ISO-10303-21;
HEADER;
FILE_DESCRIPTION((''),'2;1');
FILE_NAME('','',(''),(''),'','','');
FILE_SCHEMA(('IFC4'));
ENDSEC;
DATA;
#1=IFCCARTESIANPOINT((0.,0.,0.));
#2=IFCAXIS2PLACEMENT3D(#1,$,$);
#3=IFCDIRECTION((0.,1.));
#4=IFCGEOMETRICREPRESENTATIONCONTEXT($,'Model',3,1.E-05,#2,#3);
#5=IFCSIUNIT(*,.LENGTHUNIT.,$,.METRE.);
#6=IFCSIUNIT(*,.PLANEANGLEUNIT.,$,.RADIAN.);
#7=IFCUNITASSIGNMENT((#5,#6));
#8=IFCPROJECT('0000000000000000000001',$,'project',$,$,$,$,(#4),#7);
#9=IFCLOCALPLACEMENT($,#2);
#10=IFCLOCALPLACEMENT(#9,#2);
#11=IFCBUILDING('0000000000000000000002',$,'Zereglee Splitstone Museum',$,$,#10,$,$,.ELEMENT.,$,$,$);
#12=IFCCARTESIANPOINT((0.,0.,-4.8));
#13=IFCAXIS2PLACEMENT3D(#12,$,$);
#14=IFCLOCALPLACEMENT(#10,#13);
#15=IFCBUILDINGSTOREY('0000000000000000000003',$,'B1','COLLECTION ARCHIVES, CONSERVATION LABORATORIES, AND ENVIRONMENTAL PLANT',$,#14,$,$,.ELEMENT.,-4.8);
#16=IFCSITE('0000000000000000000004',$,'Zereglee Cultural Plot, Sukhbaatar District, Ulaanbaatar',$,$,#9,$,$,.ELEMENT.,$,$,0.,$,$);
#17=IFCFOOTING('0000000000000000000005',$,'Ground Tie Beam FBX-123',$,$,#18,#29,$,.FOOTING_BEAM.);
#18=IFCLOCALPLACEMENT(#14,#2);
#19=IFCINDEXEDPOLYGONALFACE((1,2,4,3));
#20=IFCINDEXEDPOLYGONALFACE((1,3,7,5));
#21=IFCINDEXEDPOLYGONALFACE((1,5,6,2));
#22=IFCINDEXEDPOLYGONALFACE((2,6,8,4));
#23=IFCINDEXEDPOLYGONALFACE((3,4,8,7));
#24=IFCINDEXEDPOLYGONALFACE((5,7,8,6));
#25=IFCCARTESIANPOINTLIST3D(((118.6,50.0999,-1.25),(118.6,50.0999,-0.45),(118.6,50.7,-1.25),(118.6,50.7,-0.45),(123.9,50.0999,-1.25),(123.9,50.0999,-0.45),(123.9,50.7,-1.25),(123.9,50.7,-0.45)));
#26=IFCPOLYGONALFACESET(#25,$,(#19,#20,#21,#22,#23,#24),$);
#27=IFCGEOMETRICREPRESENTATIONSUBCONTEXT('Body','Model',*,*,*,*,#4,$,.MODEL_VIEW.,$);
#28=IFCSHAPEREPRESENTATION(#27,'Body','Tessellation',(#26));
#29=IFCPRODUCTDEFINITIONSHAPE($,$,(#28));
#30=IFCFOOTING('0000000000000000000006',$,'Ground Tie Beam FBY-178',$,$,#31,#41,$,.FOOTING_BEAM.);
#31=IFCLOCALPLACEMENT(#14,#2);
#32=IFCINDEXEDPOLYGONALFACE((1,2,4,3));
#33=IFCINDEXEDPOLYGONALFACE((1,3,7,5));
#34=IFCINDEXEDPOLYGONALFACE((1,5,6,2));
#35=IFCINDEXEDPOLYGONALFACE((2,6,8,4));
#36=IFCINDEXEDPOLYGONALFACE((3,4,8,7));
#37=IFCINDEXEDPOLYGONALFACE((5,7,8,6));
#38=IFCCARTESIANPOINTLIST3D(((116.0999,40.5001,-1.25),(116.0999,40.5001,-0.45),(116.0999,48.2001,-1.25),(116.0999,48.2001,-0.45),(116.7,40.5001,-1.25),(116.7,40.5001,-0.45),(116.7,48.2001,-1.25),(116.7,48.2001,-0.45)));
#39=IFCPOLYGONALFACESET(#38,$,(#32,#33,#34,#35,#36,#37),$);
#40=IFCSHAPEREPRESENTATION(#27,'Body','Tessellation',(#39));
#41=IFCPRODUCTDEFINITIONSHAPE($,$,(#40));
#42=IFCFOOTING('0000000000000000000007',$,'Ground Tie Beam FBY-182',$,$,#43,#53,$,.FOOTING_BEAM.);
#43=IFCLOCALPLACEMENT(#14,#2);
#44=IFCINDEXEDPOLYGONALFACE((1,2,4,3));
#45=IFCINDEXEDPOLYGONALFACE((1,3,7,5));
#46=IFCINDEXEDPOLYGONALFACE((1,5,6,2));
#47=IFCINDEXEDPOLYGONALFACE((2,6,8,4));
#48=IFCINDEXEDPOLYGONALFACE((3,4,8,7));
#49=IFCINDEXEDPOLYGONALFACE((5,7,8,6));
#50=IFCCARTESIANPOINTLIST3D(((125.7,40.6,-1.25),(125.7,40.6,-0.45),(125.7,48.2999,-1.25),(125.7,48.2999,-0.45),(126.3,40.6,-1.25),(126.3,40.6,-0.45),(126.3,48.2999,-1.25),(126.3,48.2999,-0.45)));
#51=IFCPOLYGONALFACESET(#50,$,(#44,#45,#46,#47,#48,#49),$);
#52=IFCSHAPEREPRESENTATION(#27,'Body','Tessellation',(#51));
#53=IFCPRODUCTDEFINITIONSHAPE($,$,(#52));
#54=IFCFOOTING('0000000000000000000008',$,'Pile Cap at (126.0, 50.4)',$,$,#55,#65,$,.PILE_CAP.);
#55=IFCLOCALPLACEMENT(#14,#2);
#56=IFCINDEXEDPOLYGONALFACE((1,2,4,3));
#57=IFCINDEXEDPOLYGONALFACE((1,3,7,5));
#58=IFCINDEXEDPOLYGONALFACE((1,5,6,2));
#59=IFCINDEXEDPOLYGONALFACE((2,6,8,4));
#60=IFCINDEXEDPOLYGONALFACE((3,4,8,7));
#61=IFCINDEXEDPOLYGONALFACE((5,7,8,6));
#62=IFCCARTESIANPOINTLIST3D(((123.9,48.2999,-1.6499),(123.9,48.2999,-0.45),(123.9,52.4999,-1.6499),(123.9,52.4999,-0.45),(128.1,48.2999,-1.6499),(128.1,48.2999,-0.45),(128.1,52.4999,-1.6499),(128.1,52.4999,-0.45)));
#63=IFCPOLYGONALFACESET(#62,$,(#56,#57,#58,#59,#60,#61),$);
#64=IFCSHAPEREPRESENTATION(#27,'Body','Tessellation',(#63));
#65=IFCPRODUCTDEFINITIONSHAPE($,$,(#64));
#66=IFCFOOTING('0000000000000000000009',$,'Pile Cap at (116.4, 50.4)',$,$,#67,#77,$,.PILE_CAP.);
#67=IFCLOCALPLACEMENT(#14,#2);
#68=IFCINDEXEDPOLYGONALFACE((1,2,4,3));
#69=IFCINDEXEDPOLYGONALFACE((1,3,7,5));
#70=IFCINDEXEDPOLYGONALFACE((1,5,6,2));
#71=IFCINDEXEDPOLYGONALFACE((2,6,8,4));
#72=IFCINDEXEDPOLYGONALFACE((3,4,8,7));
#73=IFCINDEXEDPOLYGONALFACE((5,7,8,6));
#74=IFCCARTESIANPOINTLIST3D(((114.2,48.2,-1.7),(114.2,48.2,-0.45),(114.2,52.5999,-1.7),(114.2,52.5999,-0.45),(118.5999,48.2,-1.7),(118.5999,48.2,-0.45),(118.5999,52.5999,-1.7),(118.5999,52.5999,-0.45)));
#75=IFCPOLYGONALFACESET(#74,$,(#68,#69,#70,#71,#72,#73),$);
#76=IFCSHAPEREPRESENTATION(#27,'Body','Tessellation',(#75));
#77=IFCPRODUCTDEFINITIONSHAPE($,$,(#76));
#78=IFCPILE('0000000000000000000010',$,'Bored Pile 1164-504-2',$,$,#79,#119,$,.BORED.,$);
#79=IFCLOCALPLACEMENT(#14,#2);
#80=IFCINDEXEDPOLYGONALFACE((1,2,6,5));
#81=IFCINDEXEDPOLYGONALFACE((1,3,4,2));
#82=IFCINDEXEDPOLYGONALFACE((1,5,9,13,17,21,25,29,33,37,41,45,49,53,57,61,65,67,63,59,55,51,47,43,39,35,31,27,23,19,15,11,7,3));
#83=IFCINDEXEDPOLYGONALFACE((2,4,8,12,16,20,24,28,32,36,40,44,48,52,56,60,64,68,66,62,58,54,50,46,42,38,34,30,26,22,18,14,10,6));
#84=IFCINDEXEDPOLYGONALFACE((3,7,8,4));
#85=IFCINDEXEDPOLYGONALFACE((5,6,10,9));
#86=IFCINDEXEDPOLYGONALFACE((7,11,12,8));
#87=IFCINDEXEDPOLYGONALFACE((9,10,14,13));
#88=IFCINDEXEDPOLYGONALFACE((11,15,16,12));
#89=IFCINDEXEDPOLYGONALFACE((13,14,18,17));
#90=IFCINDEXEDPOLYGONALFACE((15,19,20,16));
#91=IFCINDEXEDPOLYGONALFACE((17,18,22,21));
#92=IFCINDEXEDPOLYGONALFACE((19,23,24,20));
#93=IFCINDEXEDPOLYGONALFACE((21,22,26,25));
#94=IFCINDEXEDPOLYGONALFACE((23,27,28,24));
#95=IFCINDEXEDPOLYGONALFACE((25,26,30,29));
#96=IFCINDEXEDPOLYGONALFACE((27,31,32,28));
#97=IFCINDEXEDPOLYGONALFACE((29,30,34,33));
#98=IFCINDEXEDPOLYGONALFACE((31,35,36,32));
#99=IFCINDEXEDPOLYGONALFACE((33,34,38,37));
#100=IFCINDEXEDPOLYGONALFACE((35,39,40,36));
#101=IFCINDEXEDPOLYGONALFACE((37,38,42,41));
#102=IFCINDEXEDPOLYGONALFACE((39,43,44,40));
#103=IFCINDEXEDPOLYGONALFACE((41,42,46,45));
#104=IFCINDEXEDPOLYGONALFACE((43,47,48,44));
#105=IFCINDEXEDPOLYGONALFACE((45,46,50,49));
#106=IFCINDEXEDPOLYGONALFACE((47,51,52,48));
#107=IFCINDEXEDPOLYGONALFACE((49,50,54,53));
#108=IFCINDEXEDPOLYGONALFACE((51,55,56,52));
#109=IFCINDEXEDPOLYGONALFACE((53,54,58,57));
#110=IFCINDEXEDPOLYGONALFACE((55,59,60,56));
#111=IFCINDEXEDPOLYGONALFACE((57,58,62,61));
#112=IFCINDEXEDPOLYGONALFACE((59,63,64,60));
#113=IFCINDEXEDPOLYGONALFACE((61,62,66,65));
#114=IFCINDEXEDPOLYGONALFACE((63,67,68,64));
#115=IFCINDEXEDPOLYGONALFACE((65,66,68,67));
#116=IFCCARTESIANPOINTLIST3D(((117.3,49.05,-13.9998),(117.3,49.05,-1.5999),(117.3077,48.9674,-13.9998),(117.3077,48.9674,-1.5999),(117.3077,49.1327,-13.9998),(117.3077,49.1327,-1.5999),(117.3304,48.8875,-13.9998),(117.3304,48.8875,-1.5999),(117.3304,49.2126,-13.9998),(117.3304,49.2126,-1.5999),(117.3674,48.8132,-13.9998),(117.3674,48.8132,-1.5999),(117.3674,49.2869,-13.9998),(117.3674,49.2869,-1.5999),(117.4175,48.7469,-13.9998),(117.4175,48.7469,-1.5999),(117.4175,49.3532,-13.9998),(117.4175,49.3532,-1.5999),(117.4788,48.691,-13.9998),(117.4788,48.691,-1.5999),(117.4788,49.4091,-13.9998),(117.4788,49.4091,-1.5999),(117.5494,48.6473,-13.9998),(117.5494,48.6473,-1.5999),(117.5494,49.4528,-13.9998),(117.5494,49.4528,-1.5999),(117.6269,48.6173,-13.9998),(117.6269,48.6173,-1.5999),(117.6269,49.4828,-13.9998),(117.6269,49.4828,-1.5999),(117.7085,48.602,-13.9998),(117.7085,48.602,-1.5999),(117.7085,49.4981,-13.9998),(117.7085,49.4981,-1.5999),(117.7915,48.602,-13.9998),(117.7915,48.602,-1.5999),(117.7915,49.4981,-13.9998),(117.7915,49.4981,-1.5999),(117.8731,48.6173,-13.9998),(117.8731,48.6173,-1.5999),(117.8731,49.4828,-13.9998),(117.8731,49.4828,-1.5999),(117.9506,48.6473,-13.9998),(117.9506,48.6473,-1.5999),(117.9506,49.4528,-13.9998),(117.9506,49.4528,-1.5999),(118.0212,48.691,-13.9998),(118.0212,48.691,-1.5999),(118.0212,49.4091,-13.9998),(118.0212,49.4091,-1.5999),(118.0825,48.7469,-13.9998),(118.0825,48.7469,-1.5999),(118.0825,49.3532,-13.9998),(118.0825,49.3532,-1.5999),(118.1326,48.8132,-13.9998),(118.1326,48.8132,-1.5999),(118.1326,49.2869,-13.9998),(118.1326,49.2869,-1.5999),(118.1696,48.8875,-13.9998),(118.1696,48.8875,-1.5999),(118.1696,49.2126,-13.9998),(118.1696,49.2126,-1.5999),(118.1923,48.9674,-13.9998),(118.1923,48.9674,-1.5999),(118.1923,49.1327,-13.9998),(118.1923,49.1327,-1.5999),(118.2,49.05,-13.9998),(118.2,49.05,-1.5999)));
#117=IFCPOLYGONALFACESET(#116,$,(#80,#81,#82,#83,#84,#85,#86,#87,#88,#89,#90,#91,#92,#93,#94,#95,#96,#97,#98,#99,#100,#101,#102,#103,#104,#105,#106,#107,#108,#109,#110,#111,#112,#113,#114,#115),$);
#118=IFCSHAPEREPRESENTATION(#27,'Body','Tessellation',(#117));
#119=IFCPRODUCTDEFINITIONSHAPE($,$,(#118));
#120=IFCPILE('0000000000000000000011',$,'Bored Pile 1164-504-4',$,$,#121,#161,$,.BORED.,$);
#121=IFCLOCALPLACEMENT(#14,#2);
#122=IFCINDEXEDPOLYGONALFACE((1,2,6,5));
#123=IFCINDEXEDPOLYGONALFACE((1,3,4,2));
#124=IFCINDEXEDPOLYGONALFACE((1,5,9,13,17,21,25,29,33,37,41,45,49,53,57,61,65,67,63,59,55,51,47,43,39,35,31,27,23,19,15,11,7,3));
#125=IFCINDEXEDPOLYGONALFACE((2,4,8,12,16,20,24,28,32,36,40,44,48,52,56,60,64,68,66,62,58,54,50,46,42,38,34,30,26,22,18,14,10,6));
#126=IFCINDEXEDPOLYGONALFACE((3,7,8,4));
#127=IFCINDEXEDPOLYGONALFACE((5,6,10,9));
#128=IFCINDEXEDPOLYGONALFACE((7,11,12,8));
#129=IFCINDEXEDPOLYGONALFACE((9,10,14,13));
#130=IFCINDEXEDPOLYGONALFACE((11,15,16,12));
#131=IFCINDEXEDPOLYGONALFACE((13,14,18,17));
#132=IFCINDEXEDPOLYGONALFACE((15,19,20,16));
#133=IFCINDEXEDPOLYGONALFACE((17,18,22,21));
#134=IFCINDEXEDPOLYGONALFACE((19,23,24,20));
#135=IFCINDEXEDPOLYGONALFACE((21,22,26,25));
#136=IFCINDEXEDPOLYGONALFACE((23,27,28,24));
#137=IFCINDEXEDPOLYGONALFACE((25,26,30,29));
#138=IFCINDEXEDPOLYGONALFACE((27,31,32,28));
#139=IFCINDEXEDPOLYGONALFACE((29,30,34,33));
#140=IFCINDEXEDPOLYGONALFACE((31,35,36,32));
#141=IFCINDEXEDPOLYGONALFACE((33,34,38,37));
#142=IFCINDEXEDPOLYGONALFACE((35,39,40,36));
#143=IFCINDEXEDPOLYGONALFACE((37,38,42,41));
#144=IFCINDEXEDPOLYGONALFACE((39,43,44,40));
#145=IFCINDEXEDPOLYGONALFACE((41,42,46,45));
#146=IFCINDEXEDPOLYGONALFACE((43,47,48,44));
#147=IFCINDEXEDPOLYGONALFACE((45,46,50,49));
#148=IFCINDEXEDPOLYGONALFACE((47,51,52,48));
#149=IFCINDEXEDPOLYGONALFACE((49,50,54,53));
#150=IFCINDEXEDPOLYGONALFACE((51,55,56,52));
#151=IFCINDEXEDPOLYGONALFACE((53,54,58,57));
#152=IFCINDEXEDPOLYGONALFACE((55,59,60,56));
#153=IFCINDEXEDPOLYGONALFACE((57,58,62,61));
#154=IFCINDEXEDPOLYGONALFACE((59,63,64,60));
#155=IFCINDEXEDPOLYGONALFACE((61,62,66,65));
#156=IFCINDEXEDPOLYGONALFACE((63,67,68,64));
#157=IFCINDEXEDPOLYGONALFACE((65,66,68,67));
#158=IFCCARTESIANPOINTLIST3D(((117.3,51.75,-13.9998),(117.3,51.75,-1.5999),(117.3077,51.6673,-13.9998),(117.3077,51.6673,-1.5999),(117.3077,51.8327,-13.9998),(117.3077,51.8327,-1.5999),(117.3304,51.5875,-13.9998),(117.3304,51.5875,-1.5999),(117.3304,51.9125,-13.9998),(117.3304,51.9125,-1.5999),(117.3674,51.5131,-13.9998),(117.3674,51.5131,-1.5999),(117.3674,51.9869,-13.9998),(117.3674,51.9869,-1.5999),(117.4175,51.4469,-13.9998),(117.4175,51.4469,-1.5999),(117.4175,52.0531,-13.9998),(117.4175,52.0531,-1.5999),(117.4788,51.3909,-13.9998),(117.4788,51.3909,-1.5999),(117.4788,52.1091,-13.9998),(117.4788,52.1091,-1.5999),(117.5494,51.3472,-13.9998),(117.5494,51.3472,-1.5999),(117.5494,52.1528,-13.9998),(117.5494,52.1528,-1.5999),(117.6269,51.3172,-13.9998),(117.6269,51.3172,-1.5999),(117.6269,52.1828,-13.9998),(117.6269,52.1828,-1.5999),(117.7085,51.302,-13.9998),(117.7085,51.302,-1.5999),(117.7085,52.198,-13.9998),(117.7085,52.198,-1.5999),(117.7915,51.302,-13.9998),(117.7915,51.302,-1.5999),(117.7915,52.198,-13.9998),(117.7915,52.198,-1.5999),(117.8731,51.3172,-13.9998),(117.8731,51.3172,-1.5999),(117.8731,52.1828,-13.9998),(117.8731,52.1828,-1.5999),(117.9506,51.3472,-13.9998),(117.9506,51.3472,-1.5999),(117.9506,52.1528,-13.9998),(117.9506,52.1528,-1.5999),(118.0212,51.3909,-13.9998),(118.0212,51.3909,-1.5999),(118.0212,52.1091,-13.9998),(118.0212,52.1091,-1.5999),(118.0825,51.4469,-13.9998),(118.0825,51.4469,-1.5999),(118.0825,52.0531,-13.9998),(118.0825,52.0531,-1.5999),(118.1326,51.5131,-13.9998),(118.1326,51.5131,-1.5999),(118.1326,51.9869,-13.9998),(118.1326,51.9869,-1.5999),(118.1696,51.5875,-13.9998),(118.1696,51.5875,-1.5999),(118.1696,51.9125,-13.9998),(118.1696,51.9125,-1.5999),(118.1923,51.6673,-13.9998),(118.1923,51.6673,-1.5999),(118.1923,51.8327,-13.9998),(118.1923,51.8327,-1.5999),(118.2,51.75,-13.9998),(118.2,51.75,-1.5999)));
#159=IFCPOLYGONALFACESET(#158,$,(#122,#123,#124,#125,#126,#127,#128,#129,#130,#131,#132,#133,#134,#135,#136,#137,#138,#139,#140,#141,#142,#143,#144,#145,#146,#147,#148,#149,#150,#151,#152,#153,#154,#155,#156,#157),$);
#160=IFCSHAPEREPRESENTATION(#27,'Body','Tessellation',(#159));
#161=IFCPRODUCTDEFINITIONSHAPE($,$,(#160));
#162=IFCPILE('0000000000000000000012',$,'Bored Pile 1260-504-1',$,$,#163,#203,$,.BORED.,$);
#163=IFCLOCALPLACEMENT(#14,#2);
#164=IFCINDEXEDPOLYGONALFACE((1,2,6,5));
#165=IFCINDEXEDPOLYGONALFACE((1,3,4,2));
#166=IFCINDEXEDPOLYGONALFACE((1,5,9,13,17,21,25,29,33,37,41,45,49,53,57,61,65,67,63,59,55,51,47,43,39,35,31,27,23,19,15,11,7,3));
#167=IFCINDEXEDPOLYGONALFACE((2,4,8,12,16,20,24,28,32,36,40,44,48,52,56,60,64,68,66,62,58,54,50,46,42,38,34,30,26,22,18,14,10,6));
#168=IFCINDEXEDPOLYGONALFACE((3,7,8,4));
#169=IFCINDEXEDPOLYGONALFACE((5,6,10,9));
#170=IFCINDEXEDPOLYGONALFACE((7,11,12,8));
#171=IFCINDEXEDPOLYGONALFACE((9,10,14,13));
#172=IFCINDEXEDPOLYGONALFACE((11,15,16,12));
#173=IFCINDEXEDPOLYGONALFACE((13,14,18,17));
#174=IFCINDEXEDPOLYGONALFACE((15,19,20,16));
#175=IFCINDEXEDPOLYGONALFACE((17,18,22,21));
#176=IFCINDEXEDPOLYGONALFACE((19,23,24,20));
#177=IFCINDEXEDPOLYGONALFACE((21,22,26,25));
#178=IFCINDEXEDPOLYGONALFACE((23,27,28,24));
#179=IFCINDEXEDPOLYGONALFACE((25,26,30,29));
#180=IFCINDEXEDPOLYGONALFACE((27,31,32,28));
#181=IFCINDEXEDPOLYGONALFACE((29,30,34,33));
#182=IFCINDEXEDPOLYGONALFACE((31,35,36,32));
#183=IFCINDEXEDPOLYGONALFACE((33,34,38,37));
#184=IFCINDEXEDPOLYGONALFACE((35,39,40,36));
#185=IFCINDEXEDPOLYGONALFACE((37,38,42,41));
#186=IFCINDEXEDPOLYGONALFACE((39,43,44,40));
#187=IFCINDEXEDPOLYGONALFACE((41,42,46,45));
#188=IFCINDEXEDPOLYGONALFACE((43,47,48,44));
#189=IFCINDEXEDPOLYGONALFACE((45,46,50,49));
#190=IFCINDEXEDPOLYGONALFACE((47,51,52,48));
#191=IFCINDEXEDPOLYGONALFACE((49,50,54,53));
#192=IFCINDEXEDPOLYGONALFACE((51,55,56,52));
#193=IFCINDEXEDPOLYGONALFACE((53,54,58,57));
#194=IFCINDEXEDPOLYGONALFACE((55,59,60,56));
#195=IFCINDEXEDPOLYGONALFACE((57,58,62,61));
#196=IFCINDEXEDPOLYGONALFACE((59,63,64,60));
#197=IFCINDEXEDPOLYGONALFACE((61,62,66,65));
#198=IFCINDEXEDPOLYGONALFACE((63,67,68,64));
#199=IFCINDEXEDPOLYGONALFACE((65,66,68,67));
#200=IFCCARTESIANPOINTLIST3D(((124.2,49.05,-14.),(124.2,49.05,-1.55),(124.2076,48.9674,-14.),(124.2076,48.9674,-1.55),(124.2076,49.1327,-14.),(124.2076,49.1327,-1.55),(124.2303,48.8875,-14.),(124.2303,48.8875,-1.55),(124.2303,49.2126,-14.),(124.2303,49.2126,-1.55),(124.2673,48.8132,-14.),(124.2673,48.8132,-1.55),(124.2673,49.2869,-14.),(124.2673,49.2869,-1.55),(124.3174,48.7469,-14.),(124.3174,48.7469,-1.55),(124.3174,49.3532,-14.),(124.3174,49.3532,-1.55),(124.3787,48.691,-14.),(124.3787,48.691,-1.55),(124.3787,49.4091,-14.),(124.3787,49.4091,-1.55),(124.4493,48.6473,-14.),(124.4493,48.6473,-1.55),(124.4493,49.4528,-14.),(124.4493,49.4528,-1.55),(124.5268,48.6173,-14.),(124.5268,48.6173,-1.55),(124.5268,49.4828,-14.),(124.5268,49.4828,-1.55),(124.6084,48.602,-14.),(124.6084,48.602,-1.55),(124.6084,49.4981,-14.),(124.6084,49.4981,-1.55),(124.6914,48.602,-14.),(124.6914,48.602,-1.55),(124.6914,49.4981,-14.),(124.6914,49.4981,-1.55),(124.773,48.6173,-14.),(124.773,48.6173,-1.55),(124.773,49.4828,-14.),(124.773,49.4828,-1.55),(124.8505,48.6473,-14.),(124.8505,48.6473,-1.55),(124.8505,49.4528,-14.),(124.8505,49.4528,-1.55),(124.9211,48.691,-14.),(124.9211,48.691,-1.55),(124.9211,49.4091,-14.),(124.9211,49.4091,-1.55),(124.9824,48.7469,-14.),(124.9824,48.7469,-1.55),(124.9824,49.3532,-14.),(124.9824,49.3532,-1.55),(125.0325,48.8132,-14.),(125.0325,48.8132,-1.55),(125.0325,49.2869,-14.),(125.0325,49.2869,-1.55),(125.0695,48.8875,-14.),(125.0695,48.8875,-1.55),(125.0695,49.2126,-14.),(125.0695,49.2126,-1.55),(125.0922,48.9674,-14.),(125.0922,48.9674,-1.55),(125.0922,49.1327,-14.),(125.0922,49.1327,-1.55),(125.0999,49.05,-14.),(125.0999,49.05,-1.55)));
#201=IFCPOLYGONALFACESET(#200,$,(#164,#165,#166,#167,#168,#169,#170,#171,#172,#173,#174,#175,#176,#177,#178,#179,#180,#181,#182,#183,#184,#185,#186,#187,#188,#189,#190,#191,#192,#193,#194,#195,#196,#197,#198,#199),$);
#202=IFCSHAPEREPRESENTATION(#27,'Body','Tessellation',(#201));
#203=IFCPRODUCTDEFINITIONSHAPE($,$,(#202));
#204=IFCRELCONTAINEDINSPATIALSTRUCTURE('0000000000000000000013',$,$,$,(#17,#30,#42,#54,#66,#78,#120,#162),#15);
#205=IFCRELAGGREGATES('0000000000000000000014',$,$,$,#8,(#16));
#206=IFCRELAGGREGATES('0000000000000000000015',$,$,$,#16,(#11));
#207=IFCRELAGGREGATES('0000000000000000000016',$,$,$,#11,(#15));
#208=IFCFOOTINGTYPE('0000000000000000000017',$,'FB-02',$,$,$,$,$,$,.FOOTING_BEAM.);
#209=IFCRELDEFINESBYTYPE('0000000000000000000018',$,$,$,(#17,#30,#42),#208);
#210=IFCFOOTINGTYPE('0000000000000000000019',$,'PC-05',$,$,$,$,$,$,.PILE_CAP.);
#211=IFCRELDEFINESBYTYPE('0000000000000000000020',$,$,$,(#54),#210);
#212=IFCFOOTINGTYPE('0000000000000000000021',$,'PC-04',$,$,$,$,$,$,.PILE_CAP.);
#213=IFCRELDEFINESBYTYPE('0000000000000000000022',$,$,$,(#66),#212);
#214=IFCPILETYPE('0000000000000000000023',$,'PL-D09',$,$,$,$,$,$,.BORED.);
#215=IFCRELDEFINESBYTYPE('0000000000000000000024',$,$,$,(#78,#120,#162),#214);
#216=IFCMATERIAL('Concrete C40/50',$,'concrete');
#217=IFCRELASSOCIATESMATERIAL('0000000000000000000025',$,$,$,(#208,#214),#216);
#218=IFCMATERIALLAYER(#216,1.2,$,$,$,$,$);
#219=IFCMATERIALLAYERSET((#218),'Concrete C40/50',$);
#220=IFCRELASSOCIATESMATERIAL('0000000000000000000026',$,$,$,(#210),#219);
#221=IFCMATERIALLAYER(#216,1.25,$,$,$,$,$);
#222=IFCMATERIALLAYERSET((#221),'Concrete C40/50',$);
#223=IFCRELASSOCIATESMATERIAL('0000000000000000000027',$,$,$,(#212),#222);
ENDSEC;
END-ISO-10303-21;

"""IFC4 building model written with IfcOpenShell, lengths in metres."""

from ifc_helpers import new_model, si_unit, direction, frame, origin, origin_2d, place, context, subcontext, project, spatial, rectangle, circle, extrude, material, layer, layer_set, material_profile, profile_set, type_object, element, save


model = new_model("IFC4")

# Units and contexts
model_context = context("Model", 3, precision=1e-05, world=origin(), true_north=direction((0.0, 1.0)))
body_context = subcontext(model_context, "Body", "Model", "MODEL_VIEW")
ifc_project = project(units=[si_unit("LENGTHUNIT", "METRE"), si_unit("PLANEANGLEUNIT", "RADIAN")], contexts=[model_context])

# Site, building, storey
site_placement = place(None, origin())
site = spatial("IfcSite", under=ifc_project, at=site_placement, Name="Zereglee Cultural Plot, Sukhbaatar District, Ulaanbaatar", CompositionType="ELEMENT", RefElevation=0.0)
building_placement = place(site_placement, origin())
building = spatial("IfcBuilding", under=site, at=building_placement, Name="Zereglee Splitstone Museum", CompositionType="ELEMENT")
storey_placement = place(building_placement, frame((0.0, 0.0, -4.8)))
storey = spatial("IfcBuildingStorey", under=building, at=storey_placement, Name="B1", Description="COLLECTION ARCHIVES, CONSERVATION LABORATORIES, AND ENVIRONMENTAL PLANT", CompositionType="ELEMENT", Elevation=-4.8)

# Footings
ifc_material_1 = material(Name="Concrete C40/50", Category="concrete")
footing_type_1 = type_object("IfcFootingType", Name="FB-02", PredefinedType="FOOTING_BEAM", material=ifc_material_1)
footing_1_placement = place(storey_placement, frame((121.25, 50.3999, -1.25), z_axis=(0.0, 0.0, 1.0), x_axis=(1.0, 0.0, 0.0)))
element("IfcFooting", 1, at=footing_1_placement, inside=storey, type_object=footing_type_1, Name="Ground Tie Beam FBX-123", PredefinedType="FOOTING_BEAM", context=body_context, shape_type="SweptSolid", body=[
    extrude(rectangle(XDim=5.3, YDim=0.6001, at=origin_2d()), origin(), (0.0, 0.0, 1.0), 0.8),
])
for number, where, z_axis, x_axis, name in (
    (2, (116.3999, 44.3501, -1.25), (0.0, 0.0, 1.0), (0.0, 1.0, 0.0), "Ground Tie Beam FBY-178"),
    (3, (126.0, 44.45, -1.25), (0.0, 0.0, 1.0), (0.0, 1.0, 0.0), "Ground Tie Beam FBY-182"),
):
    element("IfcFooting", number, at=place(storey_placement, frame(where, z_axis=z_axis, x_axis=x_axis)), inside=storey, type_object=footing_type_1, Name=name, PredefinedType="FOOTING_BEAM", context=body_context, shape_type="SweptSolid", body=[
        extrude(rectangle(XDim=7.7, YDim=0.6001, at=origin_2d()), origin(), (0.0, 0.0, 1.0), 0.8),
    ])
ifc_layer_1 = layer(ifc_material_1, 1.2)
ifc_layer_set_1 = layer_set([ifc_layer_1], Name="Concrete C40/50")
footing_type_2 = type_object("IfcFootingType", Name="PC-05", PredefinedType="PILE_CAP", material=ifc_layer_set_1)
footing_2_placement = place(storey_placement, frame((126.0, 50.3999, -1.6499), z_axis=(0.0, 0.0, 1.0), x_axis=(1.0, 0.0, 0.0)))
element("IfcFooting", 4, at=footing_2_placement, inside=storey, type_object=footing_type_2, Name="Pile Cap at (126.0, 50.4)", PredefinedType="PILE_CAP", context=body_context, shape_type="SweptSolid", body=[
    extrude(rectangle(XDim=4.2, YDim=4.2, at=origin_2d()), origin(), (0.0, 0.0, 1.0), 1.2),
])
ifc_layer_2 = layer(ifc_material_1, 1.25)
ifc_layer_set_2 = layer_set([ifc_layer_2], Name="Concrete C40/50")
footing_type_3 = type_object("IfcFootingType", Name="PC-04", PredefinedType="PILE_CAP", material=ifc_layer_set_2)
footing_3_placement = place(storey_placement, frame((116.3999, 50.3999, -1.7), z_axis=(0.0, 0.0, 1.0), x_axis=(1.0, 0.0, 0.0)))
element("IfcFooting", 5, at=footing_3_placement, inside=storey, type_object=footing_type_3, Name="Pile Cap at (116.4, 50.4)", PredefinedType="PILE_CAP", context=body_context, shape_type="SweptSolid", body=[
    extrude(rectangle(XDim=4.3999, YDim=4.3999, at=origin_2d()), origin(), (0.0, 0.0, 1.0), 1.25),
])

# Piles
ifc_material_profile_1 = material_profile(ifc_material_1, circle(Radius=0.45, at=origin_2d()), Name="PILE D900")
ifc_profile_set_1 = profile_set([ifc_material_profile_1], Name="Concrete C40/50")
pile_type = type_object("IfcPileType", Name="PL-D09", PredefinedType="BORED", material=ifc_profile_set_1)
for number, where, z_axis, x_axis, name in (
    (6, (117.75, 49.05, -1.5999), (0.0, 0.0, -1.0), (1.0, 0.0, 0.0), "Bored Pile 1164-504-2"),
    (7, (117.75, 51.75, -1.5999), (0.0, 0.0, -1.0), (1.0, 0.0, 0.0), "Bored Pile 1164-504-4"),
):
    element("IfcPile", number, at=place(storey_placement, frame(where, z_axis=z_axis, x_axis=x_axis)), inside=storey, type_object=pile_type, Name=name, PredefinedType="BORED", context=body_context, shape_type="SweptSolid", body=[
        extrude(circle(Radius=0.45, at=origin_2d()), origin(), (0.0, 0.0, 1.0), 12.3999),
    ])
for number, where, z_axis, x_axis, name in (
    (8, (124.6499, 49.05, -1.55), (0.0, 0.0, -1.0), (1.0, 0.0, 0.0), "Bored Pile 1260-504-1"),
):
    element("IfcPile", number, at=place(storey_placement, frame(where, z_axis=z_axis, x_axis=x_axis)), inside=storey, type_object=pile_type, Name=name, PredefinedType="BORED", context=body_context, shape_type="SweptSolid", body=[
        extrude(circle(Radius=0.45, at=origin_2d()), origin(), (0.0, 0.0, 1.0), 12.45),
    ])

save(model, "model.ifc")
